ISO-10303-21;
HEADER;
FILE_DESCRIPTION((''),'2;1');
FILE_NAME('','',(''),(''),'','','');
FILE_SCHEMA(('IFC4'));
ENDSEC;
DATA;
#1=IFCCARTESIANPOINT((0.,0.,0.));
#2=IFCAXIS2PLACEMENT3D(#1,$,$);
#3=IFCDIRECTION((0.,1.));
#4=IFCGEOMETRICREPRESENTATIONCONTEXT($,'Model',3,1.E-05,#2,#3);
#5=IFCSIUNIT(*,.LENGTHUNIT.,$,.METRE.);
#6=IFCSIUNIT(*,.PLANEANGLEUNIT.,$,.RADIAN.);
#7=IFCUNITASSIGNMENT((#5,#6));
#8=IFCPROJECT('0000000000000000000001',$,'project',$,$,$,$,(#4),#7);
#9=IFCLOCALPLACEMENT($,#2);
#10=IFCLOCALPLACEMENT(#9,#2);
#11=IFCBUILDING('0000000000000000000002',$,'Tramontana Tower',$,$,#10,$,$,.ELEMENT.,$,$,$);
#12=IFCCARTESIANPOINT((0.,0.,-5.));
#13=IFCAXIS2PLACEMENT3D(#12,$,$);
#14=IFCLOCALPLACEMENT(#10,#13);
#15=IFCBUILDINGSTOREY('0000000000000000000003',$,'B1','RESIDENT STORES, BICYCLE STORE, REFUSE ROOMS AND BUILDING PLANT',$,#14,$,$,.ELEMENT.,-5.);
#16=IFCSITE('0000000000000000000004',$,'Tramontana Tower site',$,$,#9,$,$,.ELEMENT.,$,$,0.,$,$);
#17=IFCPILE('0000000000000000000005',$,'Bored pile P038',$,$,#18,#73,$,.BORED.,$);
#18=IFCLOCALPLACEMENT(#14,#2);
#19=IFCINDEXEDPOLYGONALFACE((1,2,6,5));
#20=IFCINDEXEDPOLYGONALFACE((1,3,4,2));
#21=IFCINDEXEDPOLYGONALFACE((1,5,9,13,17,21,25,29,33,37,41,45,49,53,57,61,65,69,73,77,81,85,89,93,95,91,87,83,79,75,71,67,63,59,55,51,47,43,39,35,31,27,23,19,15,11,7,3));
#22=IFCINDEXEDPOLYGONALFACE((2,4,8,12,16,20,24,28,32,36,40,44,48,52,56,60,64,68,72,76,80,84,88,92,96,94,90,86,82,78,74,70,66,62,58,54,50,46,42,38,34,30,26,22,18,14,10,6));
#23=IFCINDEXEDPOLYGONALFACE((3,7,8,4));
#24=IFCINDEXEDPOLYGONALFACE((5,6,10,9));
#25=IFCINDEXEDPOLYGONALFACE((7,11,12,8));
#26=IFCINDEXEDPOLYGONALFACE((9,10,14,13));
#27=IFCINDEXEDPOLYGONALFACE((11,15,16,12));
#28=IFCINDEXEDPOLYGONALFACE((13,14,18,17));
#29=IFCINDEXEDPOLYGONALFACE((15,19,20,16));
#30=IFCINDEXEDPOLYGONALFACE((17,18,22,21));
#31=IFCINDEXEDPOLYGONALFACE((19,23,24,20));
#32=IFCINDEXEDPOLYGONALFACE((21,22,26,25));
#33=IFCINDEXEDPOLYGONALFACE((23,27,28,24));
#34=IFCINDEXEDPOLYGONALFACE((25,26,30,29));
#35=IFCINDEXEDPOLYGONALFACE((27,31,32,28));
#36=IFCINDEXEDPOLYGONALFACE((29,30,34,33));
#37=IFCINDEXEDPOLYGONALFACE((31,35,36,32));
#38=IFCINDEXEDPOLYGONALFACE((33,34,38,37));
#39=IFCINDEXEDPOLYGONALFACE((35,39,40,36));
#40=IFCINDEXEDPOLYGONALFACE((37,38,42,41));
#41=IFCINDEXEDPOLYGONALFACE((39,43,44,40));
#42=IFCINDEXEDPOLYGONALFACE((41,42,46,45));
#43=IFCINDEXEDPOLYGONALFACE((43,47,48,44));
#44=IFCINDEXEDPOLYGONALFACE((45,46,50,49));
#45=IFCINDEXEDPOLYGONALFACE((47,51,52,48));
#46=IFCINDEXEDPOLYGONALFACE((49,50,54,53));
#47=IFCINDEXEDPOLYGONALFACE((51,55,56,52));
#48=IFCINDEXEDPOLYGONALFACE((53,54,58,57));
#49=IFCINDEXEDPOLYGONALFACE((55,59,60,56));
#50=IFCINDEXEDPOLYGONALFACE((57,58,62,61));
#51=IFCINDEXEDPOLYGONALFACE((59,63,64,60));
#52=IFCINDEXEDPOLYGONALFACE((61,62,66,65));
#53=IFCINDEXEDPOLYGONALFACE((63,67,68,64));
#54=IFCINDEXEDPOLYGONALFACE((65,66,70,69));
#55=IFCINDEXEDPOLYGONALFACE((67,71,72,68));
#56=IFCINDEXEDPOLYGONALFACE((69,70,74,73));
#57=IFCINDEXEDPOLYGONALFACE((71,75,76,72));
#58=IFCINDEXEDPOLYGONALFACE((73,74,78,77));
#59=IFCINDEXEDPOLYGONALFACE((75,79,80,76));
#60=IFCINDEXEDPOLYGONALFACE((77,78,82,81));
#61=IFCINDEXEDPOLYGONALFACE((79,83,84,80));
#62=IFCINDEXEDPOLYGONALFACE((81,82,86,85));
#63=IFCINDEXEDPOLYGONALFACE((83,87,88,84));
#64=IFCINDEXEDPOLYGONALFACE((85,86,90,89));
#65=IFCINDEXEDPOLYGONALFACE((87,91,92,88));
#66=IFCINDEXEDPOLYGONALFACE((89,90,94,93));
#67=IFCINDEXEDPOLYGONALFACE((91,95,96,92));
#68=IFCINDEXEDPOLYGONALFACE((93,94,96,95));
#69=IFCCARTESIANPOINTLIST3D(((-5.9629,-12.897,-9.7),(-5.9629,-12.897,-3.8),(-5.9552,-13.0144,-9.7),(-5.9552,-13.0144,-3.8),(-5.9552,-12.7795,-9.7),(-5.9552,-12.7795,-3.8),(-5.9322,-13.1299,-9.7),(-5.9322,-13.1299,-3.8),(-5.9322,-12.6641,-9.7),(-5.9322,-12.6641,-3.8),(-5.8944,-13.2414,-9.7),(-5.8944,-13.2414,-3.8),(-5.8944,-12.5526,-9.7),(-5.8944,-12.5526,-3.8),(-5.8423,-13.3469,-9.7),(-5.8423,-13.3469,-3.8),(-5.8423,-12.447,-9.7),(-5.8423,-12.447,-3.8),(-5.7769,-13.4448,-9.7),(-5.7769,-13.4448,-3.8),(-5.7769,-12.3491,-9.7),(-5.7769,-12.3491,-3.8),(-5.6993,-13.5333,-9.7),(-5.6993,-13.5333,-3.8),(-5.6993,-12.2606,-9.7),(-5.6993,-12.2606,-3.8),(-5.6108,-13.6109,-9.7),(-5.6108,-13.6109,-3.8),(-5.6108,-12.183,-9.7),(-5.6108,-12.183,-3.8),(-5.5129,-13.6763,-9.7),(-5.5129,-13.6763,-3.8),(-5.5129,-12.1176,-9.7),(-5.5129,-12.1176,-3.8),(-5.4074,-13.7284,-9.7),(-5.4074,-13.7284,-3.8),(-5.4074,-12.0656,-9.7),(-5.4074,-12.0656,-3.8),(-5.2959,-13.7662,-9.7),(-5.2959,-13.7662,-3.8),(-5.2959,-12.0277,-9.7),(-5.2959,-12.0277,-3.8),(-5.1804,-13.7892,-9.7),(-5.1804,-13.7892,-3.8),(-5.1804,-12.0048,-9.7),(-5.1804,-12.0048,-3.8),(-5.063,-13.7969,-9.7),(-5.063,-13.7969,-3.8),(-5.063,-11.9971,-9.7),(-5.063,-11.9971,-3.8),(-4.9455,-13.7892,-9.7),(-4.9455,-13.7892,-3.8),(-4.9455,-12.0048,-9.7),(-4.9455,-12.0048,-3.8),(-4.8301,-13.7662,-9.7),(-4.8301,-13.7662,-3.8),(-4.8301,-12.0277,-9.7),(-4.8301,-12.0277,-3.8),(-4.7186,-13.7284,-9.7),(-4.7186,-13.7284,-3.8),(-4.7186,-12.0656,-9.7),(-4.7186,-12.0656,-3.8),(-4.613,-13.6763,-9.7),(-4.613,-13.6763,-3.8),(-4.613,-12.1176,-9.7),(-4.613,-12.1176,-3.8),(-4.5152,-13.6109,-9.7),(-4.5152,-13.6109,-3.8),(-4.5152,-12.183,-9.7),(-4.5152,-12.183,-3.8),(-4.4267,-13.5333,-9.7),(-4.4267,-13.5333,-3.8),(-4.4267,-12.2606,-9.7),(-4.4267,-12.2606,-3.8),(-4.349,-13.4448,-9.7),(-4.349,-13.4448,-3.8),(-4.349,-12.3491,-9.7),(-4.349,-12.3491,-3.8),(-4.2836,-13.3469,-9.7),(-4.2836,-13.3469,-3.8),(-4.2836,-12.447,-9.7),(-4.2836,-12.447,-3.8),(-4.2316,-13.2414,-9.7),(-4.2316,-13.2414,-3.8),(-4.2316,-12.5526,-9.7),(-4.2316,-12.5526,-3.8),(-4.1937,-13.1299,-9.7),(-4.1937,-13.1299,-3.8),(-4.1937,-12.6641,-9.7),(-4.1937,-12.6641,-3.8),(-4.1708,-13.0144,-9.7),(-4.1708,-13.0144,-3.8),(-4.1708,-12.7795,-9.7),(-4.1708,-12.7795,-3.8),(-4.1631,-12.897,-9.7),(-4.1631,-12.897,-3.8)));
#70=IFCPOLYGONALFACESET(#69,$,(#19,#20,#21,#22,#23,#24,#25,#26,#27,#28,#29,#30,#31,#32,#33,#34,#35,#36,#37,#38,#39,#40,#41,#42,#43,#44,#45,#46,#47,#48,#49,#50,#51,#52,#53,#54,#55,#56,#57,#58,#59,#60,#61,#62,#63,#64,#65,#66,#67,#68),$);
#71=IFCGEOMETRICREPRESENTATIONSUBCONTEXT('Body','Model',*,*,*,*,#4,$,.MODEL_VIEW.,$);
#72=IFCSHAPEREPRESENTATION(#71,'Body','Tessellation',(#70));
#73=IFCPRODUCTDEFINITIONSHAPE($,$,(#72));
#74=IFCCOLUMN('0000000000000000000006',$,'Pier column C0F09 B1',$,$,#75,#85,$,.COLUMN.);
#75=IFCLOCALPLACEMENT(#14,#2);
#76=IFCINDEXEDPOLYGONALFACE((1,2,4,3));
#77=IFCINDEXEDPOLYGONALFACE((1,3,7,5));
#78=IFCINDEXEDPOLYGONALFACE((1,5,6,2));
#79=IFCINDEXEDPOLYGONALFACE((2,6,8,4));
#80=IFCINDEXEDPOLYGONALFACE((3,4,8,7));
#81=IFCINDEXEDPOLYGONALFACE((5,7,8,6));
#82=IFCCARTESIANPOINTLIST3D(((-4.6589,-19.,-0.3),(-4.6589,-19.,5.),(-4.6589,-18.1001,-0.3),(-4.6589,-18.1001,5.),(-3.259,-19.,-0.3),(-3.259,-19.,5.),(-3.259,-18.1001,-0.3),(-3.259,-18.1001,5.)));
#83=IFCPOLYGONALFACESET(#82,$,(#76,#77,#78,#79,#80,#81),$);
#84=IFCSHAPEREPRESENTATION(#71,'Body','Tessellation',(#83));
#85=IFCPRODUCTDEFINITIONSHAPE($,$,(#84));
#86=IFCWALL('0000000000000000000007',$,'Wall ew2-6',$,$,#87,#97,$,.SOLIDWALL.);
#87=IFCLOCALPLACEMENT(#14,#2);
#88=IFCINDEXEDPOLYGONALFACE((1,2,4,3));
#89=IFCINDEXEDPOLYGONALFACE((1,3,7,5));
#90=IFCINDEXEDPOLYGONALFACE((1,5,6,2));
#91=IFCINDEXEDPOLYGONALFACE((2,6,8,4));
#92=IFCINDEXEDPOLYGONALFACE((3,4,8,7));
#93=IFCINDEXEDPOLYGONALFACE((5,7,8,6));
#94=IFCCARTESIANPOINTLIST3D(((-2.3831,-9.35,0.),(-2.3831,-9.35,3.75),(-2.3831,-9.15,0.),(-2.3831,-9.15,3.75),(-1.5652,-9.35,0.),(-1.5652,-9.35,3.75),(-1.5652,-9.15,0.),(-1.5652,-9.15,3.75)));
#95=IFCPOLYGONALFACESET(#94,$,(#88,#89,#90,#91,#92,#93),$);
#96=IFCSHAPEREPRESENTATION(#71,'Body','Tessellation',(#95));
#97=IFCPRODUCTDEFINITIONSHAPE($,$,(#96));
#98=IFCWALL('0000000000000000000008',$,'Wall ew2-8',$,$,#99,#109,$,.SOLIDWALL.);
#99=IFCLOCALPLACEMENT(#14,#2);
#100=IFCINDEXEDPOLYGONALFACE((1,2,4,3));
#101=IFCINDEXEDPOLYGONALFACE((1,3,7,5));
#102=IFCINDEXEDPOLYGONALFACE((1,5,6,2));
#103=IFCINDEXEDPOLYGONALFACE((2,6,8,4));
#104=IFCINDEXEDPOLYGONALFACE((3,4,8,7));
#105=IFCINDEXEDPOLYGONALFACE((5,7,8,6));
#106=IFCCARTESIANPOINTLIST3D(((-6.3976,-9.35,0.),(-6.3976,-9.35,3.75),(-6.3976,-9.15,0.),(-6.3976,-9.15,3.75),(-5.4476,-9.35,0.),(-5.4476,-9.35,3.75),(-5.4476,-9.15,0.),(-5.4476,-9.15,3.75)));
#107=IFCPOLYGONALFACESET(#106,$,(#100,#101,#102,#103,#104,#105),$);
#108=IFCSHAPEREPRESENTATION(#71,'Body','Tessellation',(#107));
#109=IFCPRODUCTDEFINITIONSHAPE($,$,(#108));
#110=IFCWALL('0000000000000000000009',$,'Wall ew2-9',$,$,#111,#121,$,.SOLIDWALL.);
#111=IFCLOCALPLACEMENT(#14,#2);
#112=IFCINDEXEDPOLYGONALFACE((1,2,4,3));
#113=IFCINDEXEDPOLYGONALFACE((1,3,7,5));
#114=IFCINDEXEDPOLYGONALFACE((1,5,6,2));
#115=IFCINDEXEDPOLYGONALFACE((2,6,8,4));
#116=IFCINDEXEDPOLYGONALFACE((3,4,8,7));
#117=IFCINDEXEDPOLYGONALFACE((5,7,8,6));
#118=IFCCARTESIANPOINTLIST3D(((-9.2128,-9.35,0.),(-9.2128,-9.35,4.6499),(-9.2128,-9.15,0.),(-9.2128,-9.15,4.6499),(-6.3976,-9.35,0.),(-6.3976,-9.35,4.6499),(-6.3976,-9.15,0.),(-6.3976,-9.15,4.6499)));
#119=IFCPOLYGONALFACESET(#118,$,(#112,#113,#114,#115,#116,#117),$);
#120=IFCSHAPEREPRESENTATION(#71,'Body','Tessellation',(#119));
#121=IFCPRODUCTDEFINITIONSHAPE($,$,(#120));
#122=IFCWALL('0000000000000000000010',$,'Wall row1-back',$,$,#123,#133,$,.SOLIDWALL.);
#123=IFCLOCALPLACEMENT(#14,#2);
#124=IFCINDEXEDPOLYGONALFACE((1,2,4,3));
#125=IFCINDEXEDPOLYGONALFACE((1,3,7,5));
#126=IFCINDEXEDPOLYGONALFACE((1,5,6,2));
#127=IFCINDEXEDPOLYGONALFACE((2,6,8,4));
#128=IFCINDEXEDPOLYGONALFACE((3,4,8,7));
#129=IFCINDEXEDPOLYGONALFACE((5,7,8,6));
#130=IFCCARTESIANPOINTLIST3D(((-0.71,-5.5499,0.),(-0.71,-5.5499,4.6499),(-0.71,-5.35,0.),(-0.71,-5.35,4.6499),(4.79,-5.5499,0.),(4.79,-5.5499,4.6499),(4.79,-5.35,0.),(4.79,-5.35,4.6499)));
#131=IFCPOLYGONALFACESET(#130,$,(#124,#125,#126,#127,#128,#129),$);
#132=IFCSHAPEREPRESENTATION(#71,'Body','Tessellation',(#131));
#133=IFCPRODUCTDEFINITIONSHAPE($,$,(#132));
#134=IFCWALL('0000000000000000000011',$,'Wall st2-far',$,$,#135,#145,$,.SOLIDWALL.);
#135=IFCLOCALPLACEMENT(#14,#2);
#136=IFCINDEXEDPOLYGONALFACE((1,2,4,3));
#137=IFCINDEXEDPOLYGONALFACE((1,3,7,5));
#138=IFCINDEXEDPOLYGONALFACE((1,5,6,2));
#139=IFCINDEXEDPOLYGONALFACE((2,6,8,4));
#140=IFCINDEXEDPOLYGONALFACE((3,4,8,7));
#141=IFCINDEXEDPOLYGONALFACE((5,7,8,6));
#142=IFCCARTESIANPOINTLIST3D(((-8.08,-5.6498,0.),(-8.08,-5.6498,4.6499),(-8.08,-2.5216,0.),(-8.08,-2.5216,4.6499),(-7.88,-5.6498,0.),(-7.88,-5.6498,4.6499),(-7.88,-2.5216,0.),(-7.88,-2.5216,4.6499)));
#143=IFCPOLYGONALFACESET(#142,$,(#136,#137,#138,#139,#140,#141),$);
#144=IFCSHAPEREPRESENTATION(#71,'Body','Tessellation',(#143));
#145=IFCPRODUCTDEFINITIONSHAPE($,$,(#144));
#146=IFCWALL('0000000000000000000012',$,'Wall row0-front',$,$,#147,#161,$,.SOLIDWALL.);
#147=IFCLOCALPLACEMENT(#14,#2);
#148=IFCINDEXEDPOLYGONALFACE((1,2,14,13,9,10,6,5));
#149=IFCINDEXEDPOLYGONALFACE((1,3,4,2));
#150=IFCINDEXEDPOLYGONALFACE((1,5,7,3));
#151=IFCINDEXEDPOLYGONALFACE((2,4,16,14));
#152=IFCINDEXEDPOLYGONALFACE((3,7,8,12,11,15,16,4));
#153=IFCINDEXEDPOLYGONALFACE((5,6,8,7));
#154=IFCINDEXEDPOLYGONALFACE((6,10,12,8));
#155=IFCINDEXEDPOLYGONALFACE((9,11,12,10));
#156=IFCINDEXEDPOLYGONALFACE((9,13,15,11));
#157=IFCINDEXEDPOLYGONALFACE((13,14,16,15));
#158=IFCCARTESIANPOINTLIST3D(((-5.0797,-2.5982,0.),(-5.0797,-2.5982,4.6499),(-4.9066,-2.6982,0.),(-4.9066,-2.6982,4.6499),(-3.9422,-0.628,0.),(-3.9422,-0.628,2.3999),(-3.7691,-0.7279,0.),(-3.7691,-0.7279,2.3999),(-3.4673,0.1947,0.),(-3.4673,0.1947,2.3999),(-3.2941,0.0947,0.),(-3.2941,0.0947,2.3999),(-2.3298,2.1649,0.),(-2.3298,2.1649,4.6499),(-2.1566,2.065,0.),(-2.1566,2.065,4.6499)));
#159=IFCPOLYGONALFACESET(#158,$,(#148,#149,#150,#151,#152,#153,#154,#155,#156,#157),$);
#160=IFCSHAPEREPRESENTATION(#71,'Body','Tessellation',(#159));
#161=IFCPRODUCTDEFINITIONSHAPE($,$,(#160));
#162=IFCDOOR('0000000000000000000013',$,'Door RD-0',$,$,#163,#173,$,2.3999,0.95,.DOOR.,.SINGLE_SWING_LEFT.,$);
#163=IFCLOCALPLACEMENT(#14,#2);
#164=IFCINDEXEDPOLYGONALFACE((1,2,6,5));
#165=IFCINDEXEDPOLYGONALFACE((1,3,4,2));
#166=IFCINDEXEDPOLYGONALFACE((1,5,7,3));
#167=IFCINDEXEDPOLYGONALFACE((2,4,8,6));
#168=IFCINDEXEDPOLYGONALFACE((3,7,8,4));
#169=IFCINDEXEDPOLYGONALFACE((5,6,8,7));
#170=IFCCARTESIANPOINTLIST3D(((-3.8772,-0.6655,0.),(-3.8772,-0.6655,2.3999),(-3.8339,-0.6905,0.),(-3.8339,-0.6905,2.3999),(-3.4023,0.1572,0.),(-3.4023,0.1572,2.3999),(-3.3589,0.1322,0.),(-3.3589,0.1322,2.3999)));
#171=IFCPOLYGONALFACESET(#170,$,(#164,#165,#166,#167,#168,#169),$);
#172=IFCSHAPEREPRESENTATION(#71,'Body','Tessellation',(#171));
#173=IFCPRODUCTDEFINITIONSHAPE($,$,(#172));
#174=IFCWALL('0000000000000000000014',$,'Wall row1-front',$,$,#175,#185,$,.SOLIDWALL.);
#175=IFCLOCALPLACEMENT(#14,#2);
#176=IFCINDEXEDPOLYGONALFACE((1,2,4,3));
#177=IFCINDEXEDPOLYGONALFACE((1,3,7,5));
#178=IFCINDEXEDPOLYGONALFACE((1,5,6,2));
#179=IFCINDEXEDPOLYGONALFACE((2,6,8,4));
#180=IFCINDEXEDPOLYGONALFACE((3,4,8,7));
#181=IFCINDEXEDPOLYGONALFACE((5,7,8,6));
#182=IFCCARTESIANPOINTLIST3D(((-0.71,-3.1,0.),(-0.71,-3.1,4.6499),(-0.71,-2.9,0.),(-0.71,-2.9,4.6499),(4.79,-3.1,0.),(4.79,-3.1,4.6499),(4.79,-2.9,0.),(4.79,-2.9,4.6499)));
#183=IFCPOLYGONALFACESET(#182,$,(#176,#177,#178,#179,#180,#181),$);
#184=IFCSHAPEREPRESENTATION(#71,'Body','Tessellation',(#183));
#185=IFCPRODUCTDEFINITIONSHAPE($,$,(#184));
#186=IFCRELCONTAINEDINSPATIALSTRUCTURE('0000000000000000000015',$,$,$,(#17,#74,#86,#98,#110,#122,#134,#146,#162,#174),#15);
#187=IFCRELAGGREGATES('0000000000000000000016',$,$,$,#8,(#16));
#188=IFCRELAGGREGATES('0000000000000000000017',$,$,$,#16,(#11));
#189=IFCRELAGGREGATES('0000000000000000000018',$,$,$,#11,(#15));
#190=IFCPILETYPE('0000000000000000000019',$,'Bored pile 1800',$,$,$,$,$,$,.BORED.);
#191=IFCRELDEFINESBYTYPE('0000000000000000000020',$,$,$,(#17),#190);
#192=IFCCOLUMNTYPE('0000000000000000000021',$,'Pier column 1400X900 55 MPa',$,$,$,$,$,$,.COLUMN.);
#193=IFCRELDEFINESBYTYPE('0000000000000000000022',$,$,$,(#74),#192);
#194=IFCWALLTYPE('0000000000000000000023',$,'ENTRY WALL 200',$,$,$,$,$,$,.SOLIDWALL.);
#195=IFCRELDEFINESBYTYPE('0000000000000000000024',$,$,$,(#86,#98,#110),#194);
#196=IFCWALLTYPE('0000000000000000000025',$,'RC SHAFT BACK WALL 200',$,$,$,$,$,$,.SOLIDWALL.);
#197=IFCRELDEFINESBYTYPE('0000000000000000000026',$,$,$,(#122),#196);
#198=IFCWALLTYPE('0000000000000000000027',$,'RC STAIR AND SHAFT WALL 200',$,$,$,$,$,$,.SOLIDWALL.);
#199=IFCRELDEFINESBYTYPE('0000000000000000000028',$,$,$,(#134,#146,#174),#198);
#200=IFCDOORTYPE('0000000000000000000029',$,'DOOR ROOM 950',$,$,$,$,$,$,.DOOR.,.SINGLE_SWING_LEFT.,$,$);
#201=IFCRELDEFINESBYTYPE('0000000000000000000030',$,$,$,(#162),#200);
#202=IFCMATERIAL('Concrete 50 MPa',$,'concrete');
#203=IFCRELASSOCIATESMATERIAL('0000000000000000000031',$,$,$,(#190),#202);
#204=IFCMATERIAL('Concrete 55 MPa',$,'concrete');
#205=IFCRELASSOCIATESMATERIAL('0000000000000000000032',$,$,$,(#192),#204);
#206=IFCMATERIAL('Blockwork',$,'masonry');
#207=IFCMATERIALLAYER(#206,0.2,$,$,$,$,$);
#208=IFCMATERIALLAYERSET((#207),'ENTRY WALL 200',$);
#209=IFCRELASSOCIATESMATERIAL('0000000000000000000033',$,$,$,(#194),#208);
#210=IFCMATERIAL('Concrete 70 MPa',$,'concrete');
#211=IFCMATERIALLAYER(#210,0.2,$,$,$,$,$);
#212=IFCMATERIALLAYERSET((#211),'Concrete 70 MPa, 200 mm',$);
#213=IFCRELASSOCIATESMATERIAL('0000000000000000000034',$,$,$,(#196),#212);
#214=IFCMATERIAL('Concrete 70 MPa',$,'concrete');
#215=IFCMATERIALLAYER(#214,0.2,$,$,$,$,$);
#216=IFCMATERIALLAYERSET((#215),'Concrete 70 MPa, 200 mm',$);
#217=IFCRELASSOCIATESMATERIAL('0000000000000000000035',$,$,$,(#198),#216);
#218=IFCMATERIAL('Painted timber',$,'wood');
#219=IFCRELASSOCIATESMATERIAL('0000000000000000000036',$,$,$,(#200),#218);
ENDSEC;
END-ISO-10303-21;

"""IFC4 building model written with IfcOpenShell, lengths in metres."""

from ifc_helpers import new_model, si_unit, direction, frame, frame_2d, origin, origin_2d, place, context, subcontext, project, spatial, rectangle, circle, extrude, material, layer, layer_set, material_profile, profile_set, type_object, element, fill, save


model = new_model("IFC4")

# Units and contexts
model_context = context("Model", 3, precision=1e-05, world=origin(), true_north=direction((0.0, 1.0)))
body_context = subcontext(model_context, "Body", "Model", "MODEL_VIEW")
ifc_project = project(units=[si_unit("LENGTHUNIT", "METRE"), si_unit("PLANEANGLEUNIT", "RADIAN")], contexts=[model_context])

# Site, building, storey
site_placement = place(None, origin())
site = spatial("IfcSite", under=ifc_project, at=site_placement, Name="Tramontana Tower site", CompositionType="ELEMENT", RefElevation=0.0)
building_placement = place(site_placement, origin())
building = spatial("IfcBuilding", under=site, at=building_placement, Name="Tramontana Tower", CompositionType="ELEMENT")
storey_placement = place(building_placement, frame((0.0, 0.0, -5.0)))
storey = spatial("IfcBuildingStorey", under=building, at=storey_placement, Name="B1", Description="RESIDENT STORES, BICYCLE STORE, REFUSE ROOMS AND BUILDING PLANT", CompositionType="ELEMENT", Elevation=-5.0)

# Pile
ifc_material_1 = material(Name="Concrete 50 MPa", Category="concrete")
ifc_material_profile_1 = material_profile(ifc_material_1, circle(Radius=0.8999, at=origin_2d()), Name="Bored pile 1800")
ifc_profile_set_1 = profile_set([ifc_material_profile_1], Name="Concrete 50 MPa")
pile_type = type_object("IfcPileType", Name="Bored pile 1800", PredefinedType="BORED", material=ifc_profile_set_1)
for number, where, z_axis, x_axis, name in (
    (1, (-5.063, -12.897, -3.8), (0.0, 0.0, -1.0), (1.0, 0.0, 0.0), "Bored pile P038"),
):
    element("IfcPile", number, at=place(storey_placement, frame(where, z_axis=z_axis, x_axis=x_axis)), inside=storey, type_object=pile_type, Name=name, PredefinedType="BORED", context=body_context, shape_type="SweptSolid", body=[
        extrude(circle(Radius=0.8999, at=origin_2d()), origin(), (0.0, 0.0, 1.0), 5.8999),
    ])

# Column
ifc_material_2 = material(Name="Concrete 55 MPa", Category="concrete")
ifc_material_profile_2 = material_profile(ifc_material_2, rectangle(XDim=1.3999, YDim=0.8999, at=origin_2d()), Name="Pier column 1400X900 55 MPa")
ifc_profile_set_2 = profile_set([ifc_material_profile_2], Name="Concrete 55 MPa")
column_type = type_object("IfcColumnType", Name="Pier column 1400X900 55 MPa", PredefinedType="COLUMN", material=ifc_profile_set_2)
column_placement = place(storey_placement, frame((-3.959, -18.55, -0.3), z_axis=(0.0, 0.0, 1.0), x_axis=(1.0, 0.0, 0.0)))
element("IfcColumn", 2, at=column_placement, inside=storey, type_object=column_type, Name="Pier column C0F09 B1", PredefinedType="COLUMN", context=body_context, shape_type="SweptSolid", body=[
    extrude(rectangle(XDim=1.3999, YDim=0.8999, at=origin_2d()), origin(), (0.0, 0.0, 1.0), 5.3),
])

# Wall
ifc_material_3 = material(Name="Blockwork", Category="masonry")
ifc_layer_1 = layer(ifc_material_3, 0.2)
ifc_layer_set_1 = layer_set([ifc_layer_1], Name="ENTRY WALL 200")
wall_type_1 = type_object("IfcWallType", Name="ENTRY WALL 200", PredefinedType="SOLIDWALL", material=ifc_layer_set_1)
wall_1_placement = place(storey_placement, frame((-1.5652, -9.25, 0.0), z_axis=(0.0, 0.0, 1.0), x_axis=(-1.0, 0.0, 0.0)))
element("IfcWall", 3, at=wall_1_placement, inside=storey, type_object=wall_type_1, Name="Wall ew2-6", PredefinedType="SOLIDWALL", context=body_context, shape_type="SweptSolid", body=[
    extrude(rectangle(XDim=0.8179, YDim=0.2, at=frame_2d((0.4089, 0.0))), origin(), (0.0, 0.0, 1.0), 3.75),
])

# Walls
wall_2_placement = place(storey_placement, frame((-5.4475, -9.25, 0.0), z_axis=(0.0, 0.0, 1.0), x_axis=(-1.0, 0.0, 0.0)))
element("IfcWall", 4, at=wall_2_placement, inside=storey, type_object=wall_type_1, Name="Wall ew2-8", PredefinedType="SOLIDWALL", context=body_context, shape_type="SweptSolid", body=[
    extrude(rectangle(XDim=0.95, YDim=0.2, at=frame_2d((0.4751, 0.0))), origin(), (0.0, 0.0, 1.0), 3.75),
])
wall_3_placement = place(storey_placement, frame((-6.3975, -9.25, 0.0), z_axis=(0.0, 0.0, 1.0), x_axis=(-1.0, 0.0, 0.0)))
element("IfcWall", 5, at=wall_3_placement, inside=storey, type_object=wall_type_1, Name="Wall ew2-9", PredefinedType="SOLIDWALL", context=body_context, shape_type="SweptSolid", body=[
    extrude(rectangle(XDim=2.8152, YDim=0.2, at=frame_2d((1.4077, 0.0))), origin(), (0.0, 0.0, 1.0), 4.6499),
])
ifc_material_4 = material(Name="Concrete 70 MPa", Category="concrete")
ifc_layer_2 = layer(ifc_material_4, 0.2)
ifc_layer_set_2 = layer_set([ifc_layer_2], Name="Concrete 70 MPa, 200 mm")
wall_type_2 = type_object("IfcWallType", Name="RC SHAFT BACK WALL 200", PredefinedType="SOLIDWALL", material=ifc_layer_set_2)
wall_4_placement = place(storey_placement, frame((-0.71, -5.45, 0.0), z_axis=(0.0, 0.0, 1.0), x_axis=(1.0, 0.0, 0.0)))
element("IfcWall", 6, at=wall_4_placement, inside=storey, type_object=wall_type_2, Name="Wall row1-back", PredefinedType="SOLIDWALL", context=body_context, shape_type="SweptSolid", body=[
    extrude(rectangle(XDim=5.5, YDim=0.2, at=frame_2d((2.75, 0.0))), origin(), (0.0, 0.0, 1.0), 4.6499),
])
ifc_material_5 = material(Name="Concrete 70 MPa", Category="concrete")
ifc_layer_3 = layer(ifc_material_5, 0.2)
ifc_layer_set_3 = layer_set([ifc_layer_3], Name="Concrete 70 MPa, 200 mm")
wall_type_3 = type_object("IfcWallType", Name="RC STAIR AND SHAFT WALL 200", PredefinedType="SOLIDWALL", material=ifc_layer_set_3)
wall_5_placement = place(storey_placement, frame((-7.98, -2.5217, 0.0), z_axis=(0.0, 0.0, 1.0), x_axis=(0.0, -1.0, 0.0)))
element("IfcWall", 7, at=wall_5_placement, inside=storey, type_object=wall_type_3, Name="Wall st2-far", PredefinedType="SOLIDWALL", context=body_context, shape_type="SweptSolid", body=[
    extrude(rectangle(XDim=3.1282, YDim=0.2, at=frame_2d((1.564, 0.0))), origin(), (0.0, 0.0, 1.0), 4.6499),
])

# Wall, opening, door
wall_6_placement = place(storey_placement, frame((-4.9932, -2.6482, 0.0), z_axis=(0.0, 0.0, 1.0), x_axis=(0.499997, 0.866027, 0.0)))
wall_6 = element("IfcWall", 8, at=wall_6_placement, inside=storey, type_object=wall_type_3, Name="Wall row0-front", PredefinedType="SOLIDWALL", context=body_context, shape_type="SweptSolid", body=[
    extrude(rectangle(XDim=5.5, YDim=0.2, at=frame_2d((2.75, 0.0))), origin(), (0.0, 0.0, 1.0), 4.6499),
])
opening_1_placement = place(wall_6_placement, frame((2.2749, 0.0, 0.0)))
opening_1 = element("IfcOpeningElement", 9, at=opening_1_placement, cuts=wall_6, PredefinedType="OPENING", context=body_context, shape_type="SweptSolid", body=[
    extrude(rectangle(XDim=0.95, YDim=2.3999, at=frame_2d((0.4751, 1.2))), frame((0.0, 0.1099, 0.0), z_axis=(0.0, -1.0, 0.0), x_axis=(1.0, 0.0, 0.0)), (0.0, 0.0, 1.0), 0.22),
])
ifc_material_6 = material(Name="Painted timber", Category="wood")
door_type_1 = type_object("IfcDoorType", Name="DOOR ROOM 950", OperationType="SINGLE_SWING_LEFT", PredefinedType="DOOR", material=ifc_material_6)
door_1_placement = place(opening_1_placement, origin())
door_1 = element("IfcDoor", 10, at=door_1_placement, inside=storey, type_object=door_type_1, Name="Door RD-0", OperationType="SINGLE_SWING_LEFT", OverallHeight=2.3999, OverallWidth=0.95, PredefinedType="DOOR", context=body_context, shape_type="SweptSolid", body=[
    extrude(rectangle(XDim=0.95, YDim=2.3999, at=frame_2d((0.4751, 1.2))), frame((0.0, 0.0249, 0.0), z_axis=(0.0, -1.0, 0.0), x_axis=(1.0, 0.0, 0.0)), (0.0, 0.0, 1.0), 0.05),
])
fill(opening_1, door_1)

# Wall
wall_7_placement = place(storey_placement, frame((-0.71, -3.0, 0.0), z_axis=(0.0, 0.0, 1.0), x_axis=(1.0, 0.0, 0.0)))
element("IfcWall", 11, at=wall_7_placement, inside=storey, type_object=wall_type_3, Name="Wall row1-front", PredefinedType="SOLIDWALL", context=body_context, shape_type="SweptSolid", body=[
    extrude(rectangle(XDim=5.5, YDim=0.2, at=frame_2d((2.75, 0.0))), origin(), (0.0, 0.0, 1.0), 4.6499),
])

save(model, "model.ifc")
